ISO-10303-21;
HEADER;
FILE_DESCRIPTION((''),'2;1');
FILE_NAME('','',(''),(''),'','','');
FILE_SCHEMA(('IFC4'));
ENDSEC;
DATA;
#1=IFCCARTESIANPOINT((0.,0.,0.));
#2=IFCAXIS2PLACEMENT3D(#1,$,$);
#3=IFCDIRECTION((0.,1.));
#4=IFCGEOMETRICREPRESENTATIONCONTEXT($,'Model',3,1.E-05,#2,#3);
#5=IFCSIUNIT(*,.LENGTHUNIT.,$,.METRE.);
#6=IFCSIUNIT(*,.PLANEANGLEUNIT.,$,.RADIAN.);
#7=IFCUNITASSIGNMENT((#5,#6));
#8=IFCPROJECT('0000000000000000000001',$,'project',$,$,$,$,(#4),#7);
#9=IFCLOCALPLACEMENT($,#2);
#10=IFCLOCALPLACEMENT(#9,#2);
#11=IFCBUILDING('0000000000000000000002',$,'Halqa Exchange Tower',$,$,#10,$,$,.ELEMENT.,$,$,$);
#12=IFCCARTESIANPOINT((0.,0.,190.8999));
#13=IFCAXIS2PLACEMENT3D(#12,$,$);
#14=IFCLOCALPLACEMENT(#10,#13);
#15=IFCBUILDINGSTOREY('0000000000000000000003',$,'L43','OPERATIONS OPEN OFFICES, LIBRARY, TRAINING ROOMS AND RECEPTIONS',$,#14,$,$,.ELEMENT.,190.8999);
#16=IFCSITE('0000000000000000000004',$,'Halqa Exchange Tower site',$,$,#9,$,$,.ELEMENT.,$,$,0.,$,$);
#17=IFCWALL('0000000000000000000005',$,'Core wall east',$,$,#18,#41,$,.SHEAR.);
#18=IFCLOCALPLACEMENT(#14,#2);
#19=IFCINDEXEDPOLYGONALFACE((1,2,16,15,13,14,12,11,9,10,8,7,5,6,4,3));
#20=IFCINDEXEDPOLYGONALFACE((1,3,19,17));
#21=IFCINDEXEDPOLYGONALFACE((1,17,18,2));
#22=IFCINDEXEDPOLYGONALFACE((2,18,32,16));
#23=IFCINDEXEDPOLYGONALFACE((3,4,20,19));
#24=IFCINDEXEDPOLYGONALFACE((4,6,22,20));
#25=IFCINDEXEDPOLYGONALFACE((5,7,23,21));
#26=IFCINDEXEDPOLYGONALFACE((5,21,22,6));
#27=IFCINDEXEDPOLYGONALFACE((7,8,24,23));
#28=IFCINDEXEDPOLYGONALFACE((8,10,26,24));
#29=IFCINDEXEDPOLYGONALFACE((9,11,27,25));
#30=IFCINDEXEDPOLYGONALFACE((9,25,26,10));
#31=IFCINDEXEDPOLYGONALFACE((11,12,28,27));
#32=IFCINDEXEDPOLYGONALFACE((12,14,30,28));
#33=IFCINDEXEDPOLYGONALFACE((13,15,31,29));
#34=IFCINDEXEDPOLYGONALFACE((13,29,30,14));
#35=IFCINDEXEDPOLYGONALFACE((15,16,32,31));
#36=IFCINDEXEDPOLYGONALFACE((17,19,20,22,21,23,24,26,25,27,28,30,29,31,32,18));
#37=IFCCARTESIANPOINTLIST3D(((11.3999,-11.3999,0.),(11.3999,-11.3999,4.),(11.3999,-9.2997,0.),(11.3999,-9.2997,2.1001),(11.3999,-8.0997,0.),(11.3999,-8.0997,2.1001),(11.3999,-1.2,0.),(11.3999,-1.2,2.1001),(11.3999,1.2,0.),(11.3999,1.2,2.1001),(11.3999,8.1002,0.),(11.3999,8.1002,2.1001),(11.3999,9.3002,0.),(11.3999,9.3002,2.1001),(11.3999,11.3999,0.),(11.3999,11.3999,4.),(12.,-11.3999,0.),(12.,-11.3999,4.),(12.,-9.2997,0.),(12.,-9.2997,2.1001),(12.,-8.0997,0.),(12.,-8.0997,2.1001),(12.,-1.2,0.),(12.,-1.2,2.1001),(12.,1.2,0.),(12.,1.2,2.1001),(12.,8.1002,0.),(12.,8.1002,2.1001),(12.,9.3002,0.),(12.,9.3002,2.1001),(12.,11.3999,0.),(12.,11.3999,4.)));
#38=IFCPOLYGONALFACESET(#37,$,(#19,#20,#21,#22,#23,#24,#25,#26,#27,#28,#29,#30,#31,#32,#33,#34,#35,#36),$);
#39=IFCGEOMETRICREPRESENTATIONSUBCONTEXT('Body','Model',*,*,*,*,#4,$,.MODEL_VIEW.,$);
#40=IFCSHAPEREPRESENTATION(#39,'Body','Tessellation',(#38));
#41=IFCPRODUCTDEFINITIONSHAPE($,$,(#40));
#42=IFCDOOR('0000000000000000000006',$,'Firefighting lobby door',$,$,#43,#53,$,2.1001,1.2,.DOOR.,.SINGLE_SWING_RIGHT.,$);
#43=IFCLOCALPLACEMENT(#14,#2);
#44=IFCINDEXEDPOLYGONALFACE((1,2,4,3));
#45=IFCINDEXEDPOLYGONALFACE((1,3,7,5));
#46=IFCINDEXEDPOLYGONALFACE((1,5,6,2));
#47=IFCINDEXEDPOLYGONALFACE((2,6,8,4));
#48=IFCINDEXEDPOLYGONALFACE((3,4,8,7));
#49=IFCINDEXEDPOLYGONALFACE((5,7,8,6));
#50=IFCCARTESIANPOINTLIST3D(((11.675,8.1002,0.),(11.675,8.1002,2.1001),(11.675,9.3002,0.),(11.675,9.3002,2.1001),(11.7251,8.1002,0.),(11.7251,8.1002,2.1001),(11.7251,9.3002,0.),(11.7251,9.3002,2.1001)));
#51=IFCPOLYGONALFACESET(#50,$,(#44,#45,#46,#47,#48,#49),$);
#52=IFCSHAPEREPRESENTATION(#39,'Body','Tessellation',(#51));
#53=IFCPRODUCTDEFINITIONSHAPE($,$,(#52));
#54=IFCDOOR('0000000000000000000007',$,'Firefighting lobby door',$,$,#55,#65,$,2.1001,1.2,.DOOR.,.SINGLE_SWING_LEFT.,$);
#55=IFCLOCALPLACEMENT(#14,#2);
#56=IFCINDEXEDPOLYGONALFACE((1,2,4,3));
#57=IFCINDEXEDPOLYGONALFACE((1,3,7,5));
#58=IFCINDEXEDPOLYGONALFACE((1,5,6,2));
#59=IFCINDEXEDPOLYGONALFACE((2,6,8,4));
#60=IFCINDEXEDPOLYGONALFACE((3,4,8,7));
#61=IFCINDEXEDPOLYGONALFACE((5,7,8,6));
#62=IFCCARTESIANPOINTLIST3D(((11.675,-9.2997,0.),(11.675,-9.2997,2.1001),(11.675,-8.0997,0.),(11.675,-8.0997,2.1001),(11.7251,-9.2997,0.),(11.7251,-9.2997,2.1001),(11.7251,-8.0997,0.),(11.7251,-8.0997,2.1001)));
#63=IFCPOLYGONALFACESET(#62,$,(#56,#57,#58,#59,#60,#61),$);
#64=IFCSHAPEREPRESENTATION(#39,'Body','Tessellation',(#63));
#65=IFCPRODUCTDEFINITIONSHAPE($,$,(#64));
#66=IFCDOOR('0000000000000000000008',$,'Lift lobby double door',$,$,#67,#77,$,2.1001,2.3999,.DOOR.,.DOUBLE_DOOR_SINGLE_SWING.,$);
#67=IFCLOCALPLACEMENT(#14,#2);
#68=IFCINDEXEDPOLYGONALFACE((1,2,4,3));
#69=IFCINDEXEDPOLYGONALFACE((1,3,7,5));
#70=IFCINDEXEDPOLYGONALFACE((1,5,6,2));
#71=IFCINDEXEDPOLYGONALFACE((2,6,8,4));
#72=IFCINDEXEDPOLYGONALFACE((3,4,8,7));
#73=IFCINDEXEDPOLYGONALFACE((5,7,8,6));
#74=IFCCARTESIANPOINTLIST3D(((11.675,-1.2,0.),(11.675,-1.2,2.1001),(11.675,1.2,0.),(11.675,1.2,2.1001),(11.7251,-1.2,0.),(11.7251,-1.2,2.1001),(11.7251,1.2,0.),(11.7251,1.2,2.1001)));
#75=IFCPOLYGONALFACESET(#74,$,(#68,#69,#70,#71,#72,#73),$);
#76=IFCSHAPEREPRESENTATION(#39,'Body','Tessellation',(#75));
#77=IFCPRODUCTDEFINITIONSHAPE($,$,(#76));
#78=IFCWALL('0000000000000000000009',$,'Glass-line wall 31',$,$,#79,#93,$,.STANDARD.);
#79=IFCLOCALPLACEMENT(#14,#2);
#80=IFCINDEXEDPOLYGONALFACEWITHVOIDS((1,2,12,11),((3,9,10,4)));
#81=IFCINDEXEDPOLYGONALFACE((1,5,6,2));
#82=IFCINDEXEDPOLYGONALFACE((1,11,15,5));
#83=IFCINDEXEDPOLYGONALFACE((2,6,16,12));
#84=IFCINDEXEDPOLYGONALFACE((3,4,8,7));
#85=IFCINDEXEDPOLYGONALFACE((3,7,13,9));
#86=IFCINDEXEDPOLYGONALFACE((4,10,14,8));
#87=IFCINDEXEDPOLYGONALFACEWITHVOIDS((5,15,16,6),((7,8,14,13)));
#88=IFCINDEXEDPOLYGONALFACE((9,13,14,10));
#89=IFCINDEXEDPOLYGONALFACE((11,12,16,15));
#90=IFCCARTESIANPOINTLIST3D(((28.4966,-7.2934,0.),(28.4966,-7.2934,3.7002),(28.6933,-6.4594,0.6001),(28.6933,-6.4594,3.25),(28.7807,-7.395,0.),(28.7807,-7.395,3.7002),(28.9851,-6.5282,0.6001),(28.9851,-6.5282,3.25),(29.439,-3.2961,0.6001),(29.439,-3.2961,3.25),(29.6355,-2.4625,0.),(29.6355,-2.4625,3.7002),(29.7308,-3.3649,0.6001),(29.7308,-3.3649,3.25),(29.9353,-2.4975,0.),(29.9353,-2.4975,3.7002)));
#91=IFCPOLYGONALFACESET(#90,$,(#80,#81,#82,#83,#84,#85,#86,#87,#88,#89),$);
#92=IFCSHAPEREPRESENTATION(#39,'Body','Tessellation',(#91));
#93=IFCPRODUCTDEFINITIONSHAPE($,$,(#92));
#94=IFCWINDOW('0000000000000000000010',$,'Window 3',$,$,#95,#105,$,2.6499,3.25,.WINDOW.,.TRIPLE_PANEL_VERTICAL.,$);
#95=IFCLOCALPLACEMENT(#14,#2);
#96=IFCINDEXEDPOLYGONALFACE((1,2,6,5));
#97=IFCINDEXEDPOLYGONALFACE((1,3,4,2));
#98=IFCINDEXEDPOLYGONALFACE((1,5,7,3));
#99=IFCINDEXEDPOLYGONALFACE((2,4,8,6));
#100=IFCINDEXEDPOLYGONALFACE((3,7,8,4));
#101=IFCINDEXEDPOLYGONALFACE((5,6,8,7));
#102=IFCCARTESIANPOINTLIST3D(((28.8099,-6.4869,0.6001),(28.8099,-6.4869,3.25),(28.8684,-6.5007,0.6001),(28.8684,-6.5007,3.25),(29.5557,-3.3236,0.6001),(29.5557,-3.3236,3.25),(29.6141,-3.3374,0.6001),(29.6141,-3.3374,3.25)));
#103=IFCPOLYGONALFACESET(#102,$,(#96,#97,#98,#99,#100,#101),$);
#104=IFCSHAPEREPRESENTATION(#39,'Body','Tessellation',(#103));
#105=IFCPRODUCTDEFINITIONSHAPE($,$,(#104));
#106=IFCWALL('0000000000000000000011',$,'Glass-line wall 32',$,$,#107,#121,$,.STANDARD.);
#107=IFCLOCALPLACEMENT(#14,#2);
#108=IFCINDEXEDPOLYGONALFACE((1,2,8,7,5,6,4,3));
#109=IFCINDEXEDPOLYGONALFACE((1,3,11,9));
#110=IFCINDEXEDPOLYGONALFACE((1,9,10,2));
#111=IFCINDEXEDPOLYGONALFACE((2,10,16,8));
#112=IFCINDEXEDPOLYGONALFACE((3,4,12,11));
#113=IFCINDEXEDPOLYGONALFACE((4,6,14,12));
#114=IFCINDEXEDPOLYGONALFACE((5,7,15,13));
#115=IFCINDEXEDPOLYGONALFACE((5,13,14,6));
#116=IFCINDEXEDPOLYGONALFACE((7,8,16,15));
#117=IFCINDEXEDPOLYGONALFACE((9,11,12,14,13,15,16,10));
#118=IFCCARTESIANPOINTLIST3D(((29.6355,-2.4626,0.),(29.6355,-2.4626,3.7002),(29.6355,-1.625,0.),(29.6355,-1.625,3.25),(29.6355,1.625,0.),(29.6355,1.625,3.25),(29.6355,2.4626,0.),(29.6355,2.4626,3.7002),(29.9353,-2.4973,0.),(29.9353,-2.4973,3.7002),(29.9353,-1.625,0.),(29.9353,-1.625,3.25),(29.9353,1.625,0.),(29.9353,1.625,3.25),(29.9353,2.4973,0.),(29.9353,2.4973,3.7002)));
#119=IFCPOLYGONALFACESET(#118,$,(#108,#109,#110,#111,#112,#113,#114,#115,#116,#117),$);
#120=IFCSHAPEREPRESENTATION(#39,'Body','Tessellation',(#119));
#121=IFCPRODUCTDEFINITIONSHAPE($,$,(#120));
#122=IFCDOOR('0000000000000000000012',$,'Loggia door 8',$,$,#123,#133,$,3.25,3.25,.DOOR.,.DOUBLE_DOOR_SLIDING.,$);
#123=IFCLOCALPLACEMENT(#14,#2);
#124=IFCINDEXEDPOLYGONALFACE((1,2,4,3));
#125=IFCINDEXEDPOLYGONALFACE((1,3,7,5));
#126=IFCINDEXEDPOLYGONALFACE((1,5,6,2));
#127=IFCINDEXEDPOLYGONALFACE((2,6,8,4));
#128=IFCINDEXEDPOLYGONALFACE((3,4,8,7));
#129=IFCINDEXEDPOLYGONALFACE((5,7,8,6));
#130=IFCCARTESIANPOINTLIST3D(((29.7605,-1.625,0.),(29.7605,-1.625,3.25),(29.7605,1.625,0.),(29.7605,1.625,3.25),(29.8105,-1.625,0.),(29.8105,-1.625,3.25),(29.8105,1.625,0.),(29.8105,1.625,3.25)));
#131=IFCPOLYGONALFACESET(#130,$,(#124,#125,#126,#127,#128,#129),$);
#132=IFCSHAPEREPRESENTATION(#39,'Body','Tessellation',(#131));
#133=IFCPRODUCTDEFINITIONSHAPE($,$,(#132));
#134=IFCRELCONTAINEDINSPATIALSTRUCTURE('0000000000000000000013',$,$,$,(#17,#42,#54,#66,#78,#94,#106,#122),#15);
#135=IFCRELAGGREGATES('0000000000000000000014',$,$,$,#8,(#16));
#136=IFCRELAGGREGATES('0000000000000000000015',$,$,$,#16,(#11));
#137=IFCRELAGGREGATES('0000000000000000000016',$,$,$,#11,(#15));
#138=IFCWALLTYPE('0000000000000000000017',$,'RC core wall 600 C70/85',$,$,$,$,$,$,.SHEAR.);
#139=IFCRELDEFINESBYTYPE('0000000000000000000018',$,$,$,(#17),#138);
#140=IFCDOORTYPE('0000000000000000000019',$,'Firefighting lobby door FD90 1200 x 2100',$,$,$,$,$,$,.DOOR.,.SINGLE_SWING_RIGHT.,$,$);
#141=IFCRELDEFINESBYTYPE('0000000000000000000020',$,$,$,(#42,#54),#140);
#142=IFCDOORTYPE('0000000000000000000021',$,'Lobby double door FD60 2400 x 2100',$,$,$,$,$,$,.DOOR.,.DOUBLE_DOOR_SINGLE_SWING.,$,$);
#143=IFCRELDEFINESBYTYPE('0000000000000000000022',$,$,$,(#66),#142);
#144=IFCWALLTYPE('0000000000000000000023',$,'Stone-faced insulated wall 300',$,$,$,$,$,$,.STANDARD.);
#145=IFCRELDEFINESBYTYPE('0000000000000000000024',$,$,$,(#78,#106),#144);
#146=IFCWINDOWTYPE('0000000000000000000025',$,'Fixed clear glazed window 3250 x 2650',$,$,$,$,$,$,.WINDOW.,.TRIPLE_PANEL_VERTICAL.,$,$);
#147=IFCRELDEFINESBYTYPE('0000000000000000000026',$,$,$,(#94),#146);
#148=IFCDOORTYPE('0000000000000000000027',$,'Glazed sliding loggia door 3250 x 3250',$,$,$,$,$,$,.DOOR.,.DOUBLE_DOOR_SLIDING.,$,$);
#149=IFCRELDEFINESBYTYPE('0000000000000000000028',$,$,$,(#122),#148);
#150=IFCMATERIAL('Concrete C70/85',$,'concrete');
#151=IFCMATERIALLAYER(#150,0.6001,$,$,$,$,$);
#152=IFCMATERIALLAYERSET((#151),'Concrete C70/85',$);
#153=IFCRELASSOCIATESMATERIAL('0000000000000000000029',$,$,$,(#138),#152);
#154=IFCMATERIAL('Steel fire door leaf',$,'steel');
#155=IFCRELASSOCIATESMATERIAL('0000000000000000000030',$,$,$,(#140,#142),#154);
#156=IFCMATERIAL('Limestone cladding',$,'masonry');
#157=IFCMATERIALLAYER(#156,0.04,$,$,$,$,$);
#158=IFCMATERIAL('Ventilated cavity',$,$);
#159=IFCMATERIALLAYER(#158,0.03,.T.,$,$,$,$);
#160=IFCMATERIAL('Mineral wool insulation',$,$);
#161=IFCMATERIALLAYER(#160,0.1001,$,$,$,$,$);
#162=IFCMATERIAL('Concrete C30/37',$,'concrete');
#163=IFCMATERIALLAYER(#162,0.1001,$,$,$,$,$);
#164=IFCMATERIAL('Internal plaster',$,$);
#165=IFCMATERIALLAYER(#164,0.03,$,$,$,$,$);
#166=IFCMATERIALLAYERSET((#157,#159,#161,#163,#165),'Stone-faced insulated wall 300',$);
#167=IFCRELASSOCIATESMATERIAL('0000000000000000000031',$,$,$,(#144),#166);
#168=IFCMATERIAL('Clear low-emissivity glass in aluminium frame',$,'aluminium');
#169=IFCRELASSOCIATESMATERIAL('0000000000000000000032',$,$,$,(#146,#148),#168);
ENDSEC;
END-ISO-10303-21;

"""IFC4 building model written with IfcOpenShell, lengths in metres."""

from ifc_helpers import new_model, si_unit, direction, frame, frame_2d, origin, place, context, subcontext, project, spatial, polyline, rectangle, outline, extrude, material, layer, layer_set, type_object, element, fill, save


model = new_model("IFC4")

# Units and contexts
model_context = context("Model", 3, precision=1e-05, world=origin(), true_north=direction((0.0, 1.0)))
body_context = subcontext(model_context, "Body", "Model", "MODEL_VIEW")
ifc_project = project(units=[si_unit("LENGTHUNIT", "METRE"), si_unit("PLANEANGLEUNIT", "RADIAN")], contexts=[model_context])

# Site, building, storey
site_placement = place(None, origin())
site = spatial("IfcSite", under=ifc_project, at=site_placement, Name="Halqa Exchange Tower site", CompositionType="ELEMENT", RefElevation=0.0)
building_placement = place(site_placement, origin())
building = spatial("IfcBuilding", under=site, at=building_placement, Name="Halqa Exchange Tower", CompositionType="ELEMENT")
storey_placement = place(building_placement, frame((0.0, 0.0, 190.8999)))
storey = spatial("IfcBuildingStorey", under=building, at=storey_placement, Name="L43", Description="OPERATIONS OPEN OFFICES, LIBRARY, TRAINING ROOMS AND RECEPTIONS", CompositionType="ELEMENT", Elevation=190.8999)

# Shared definitions
ifc_material_1 = material(Name="Steel fire door leaf", Category="steel")

# Wall, openings, doors
ifc_material_2 = material(Name="Concrete C70/85", Category="concrete")
ifc_layer_1 = layer(ifc_material_2, 0.6001)
ifc_layer_set_1 = layer_set([ifc_layer_1], Name="Concrete C70/85")
wall_type_1 = type_object("IfcWallType", Name="RC core wall 600 C70/85", PredefinedType="SHEAR", material=ifc_layer_set_1)
wall_1_placement = place(storey_placement, frame((11.7, -11.3999, 0.0), z_axis=(0.0, 0.0, 1.0), x_axis=(0.0, 1.0, 0.0)))
wall_1 = element("IfcWall", 1, at=wall_1_placement, inside=storey, type_object=wall_type_1, Name="Core wall east", PredefinedType="SHEAR", context=body_context, shape_type="SweptSolid", body=[
    extrude(rectangle(XDim=22.7998, YDim=0.6001, at=frame_2d((11.3999, 0.0))), origin(), (0.0, 0.0, 1.0), 4.0),
])
opening_1_placement = place(wall_1_placement, frame((10.2, 0.0, 0.0)))
opening_1 = element("IfcOpeningElement", 2, at=opening_1_placement, cuts=wall_1, PredefinedType="OPENING", context=body_context, shape_type="SweptSolid", body=[
    extrude(rectangle(XDim=2.3999, YDim=2.1001, at=frame_2d((1.2, 1.05))), frame((0.0, 0.312, 0.0), z_axis=(0.0, -1.0, 0.0), x_axis=(1.0, 0.0, 0.0)), (0.0, 0.0, 1.0), 0.624),
])
opening_2_placement = place(wall_1_placement, frame((19.5, 0.0, 0.0)))
opening_2 = element("IfcOpeningElement", 3, at=opening_2_placement, cuts=wall_1, PredefinedType="OPENING", context=body_context, shape_type="SweptSolid", body=[
    extrude(rectangle(XDim=1.2, YDim=2.1001, at=frame_2d((0.6001, 1.05))), frame((0.0, 0.312, 0.0), z_axis=(0.0, -1.0, 0.0), x_axis=(1.0, 0.0, 0.0)), (0.0, 0.0, 1.0), 0.624),
])
opening_3_placement = place(wall_1_placement, frame((2.1001, 0.0, 0.0)))
opening_3 = element("IfcOpeningElement", 4, at=opening_3_placement, cuts=wall_1, PredefinedType="OPENING", context=body_context, shape_type="SweptSolid", body=[
    extrude(rectangle(XDim=1.2, YDim=2.1001, at=frame_2d((0.6001, 1.05))), frame((0.0, 0.312, 0.0), z_axis=(0.0, -1.0, 0.0), x_axis=(1.0, 0.0, 0.0)), (0.0, 0.0, 1.0), 0.624),
])
door_type_1 = type_object("IfcDoorType", Name="Firefighting lobby door FD90 1200 x 2100", OperationType="SINGLE_SWING_RIGHT", PredefinedType="DOOR", material=ifc_material_1)
door_1_placement = place(opening_2_placement, origin())
door_1 = element("IfcDoor", 5, at=door_1_placement, inside=storey, type_object=door_type_1, Name="Firefighting lobby door", OperationType="SINGLE_SWING_RIGHT", OverallHeight=2.1001, OverallWidth=1.2, PredefinedType="DOOR", context=body_context, shape_type="SweptSolid", body=[
    extrude(rectangle(XDim=1.2, YDim=2.1001, at=frame_2d((0.6001, 1.05))), frame((0.0, 0.0249, 0.0), z_axis=(0.0, -1.0, 0.0), x_axis=(1.0, 0.0, 0.0)), (0.0, 0.0, 1.0), 0.05),
])
fill(opening_2, door_1)
door_2_placement = place(opening_3_placement, origin())
door_2 = element("IfcDoor", 6, at=door_2_placement, inside=storey, type_object=door_type_1, Name="Firefighting lobby door", OperationType="SINGLE_SWING_LEFT", OverallHeight=2.1001, OverallWidth=1.2, PredefinedType="DOOR", context=body_context, shape_type="SweptSolid", body=[
    extrude(rectangle(XDim=1.2, YDim=2.1001, at=frame_2d((0.6001, 1.05))), frame((0.0, 0.0249, 0.0), z_axis=(0.0, -1.0, 0.0), x_axis=(1.0, 0.0, 0.0)), (0.0, 0.0, 1.0), 0.05),
])
fill(opening_3, door_2)
door_type_2 = type_object("IfcDoorType", Name="Lobby double door FD60 2400 x 2100", OperationType="DOUBLE_DOOR_SINGLE_SWING", PredefinedType="DOOR", material=ifc_material_1)
door_3_placement = place(opening_1_placement, origin())
door_3 = element("IfcDoor", 7, at=door_3_placement, inside=storey, type_object=door_type_2, Name="Lift lobby double door", OperationType="DOUBLE_DOOR_SINGLE_SWING", OverallHeight=2.1001, OverallWidth=2.3999, PredefinedType="DOOR", context=body_context, shape_type="SweptSolid", body=[
    extrude(rectangle(XDim=2.3999, YDim=2.1001, at=frame_2d((1.2, 1.05))), frame((0.0, 0.0249, 0.0), z_axis=(0.0, -1.0, 0.0), x_axis=(1.0, 0.0, 0.0)), (0.0, 0.0, 1.0), 0.05),
])
fill(opening_1, door_3)

# Wall, opening, window
ifc_material_3 = material(Name="Limestone cladding", Category="masonry")
ifc_layer_2 = layer(ifc_material_3, 0.04)
ifc_material_4 = material(Name="Ventilated cavity")
ifc_layer_3 = layer(ifc_material_4, 0.03, ventilated=True)
ifc_material_5 = material(Name="Mineral wool insulation")
ifc_layer_4 = layer(ifc_material_5, 0.1001)
ifc_material_6 = material(Name="Concrete C30/37", Category="concrete")
ifc_layer_5 = layer(ifc_material_6, 0.1001)
ifc_material_7 = material(Name="Internal plaster")
ifc_layer_6 = layer(ifc_material_7, 0.03)
ifc_layer_set_2 = layer_set([ifc_layer_2, ifc_layer_3, ifc_layer_4, ifc_layer_5, ifc_layer_6], Name="Stone-faced insulated wall 300")
wall_type_2 = type_object("IfcWallType", Name="Stone-faced insulated wall 300", PredefinedType="STANDARD", material=ifc_layer_set_2)
wall_2_placement = place(storey_placement, frame((28.6387, -7.3442, 0.0), z_axis=(0.0, 0.0, 1.0), x_axis=(0.229456, 0.973319, 0.0)))
wall_2 = element("IfcWall", 8, at=wall_2_placement, inside=storey, type_object=wall_type_2, Name="Glass-line wall 31", PredefinedType="STANDARD", context=body_context, shape_type="SweptSolid", body=[
    extrude(outline(polyline([(-0.0168, -0.1499), (5.0149, -0.1499), (4.9802, 0.1499), (0.0168, 0.1499), (-0.0168, -0.1499)])), origin(), (0.0, 0.0, 1.0), 3.7002),
])
opening_4_placement = place(wall_2_placement, frame((0.8738, 0.0, 0.6001)))
opening_4 = element("IfcOpeningElement", 9, at=opening_4_placement, cuts=wall_2, PredefinedType="OPENING", context=body_context, shape_type="SweptSolid", body=[
    extrude(rectangle(XDim=3.25, YDim=2.6499, at=frame_2d((1.625, 1.325))), frame((0.0, 0.1621, 0.0), z_axis=(0.0, -1.0, 0.0), x_axis=(1.0, 0.0, 0.0)), (0.0, 0.0, 1.0), 0.324),
])
ifc_material_8 = material(Name="Clear low-emissivity glass in aluminium frame", Category="aluminium")
window_type = type_object("IfcWindowType", Name="Fixed clear glazed window 3250 x 2650", PartitioningType="TRIPLE_PANEL_VERTICAL", PredefinedType="WINDOW", material=ifc_material_8)
window_placement = place(opening_4_placement, origin())
window = element("IfcWindow", 10, at=window_placement, inside=storey, type_object=window_type, Name="Window 3", OverallHeight=2.6499, OverallWidth=3.25, PartitioningType="TRIPLE_PANEL_VERTICAL", PredefinedType="WINDOW", context=body_context, shape_type="SweptSolid", body=[
    extrude(rectangle(XDim=3.25, YDim=2.6499, at=frame_2d((1.625, 1.325))), frame((0.0, 0.03, 0.0), z_axis=(0.0, -1.0, 0.0), x_axis=(1.0, 0.0, 0.0)), (0.0, 0.0, 1.0), 0.0601),
])
fill(opening_4, window)

# Wall, opening, door
wall_3_placement = place(storey_placement, frame((29.7854, -2.48, 0.0), z_axis=(0.0, 0.0, 1.0), x_axis=(0.0, 1.0, 0.0)))
wall_3 = element("IfcWall", 11, at=wall_3_placement, inside=storey, type_object=wall_type_2, Name="Glass-line wall 32", PredefinedType="STANDARD", context=body_context, shape_type="SweptSolid", body=[
    extrude(outline(polyline([(-0.0173, -0.1499), (4.9773, -0.1499), (4.9426, 0.1499), (0.0173, 0.1499), (-0.0173, -0.1499)])), origin(), (0.0, 0.0, 1.0), 3.7002),
])
opening_5_placement = place(wall_3_placement, frame((0.855, 0.0, 0.0)))
opening_5 = element("IfcOpeningElement", 12, at=opening_5_placement, cuts=wall_3, PredefinedType="OPENING", context=body_context, shape_type="SweptSolid", body=[
    extrude(rectangle(XDim=3.25, YDim=3.25, at=frame_2d((1.625, 1.625))), frame((0.0, 0.1621, 0.0), z_axis=(0.0, -1.0, 0.0), x_axis=(1.0, 0.0, 0.0)), (0.0, 0.0, 1.0), 0.324),
])
door_type_3 = type_object("IfcDoorType", Name="Glazed sliding loggia door 3250 x 3250", OperationType="DOUBLE_DOOR_SLIDING", PredefinedType="DOOR", material=ifc_material_8)
door_4_placement = place(opening_5_placement, origin())
door_4 = element("IfcDoor", 13, at=door_4_placement, inside=storey, type_object=door_type_3, Name="Loggia door 8", OperationType="DOUBLE_DOOR_SLIDING", OverallHeight=3.25, OverallWidth=3.25, PredefinedType="DOOR", context=body_context, shape_type="SweptSolid", body=[
    extrude(rectangle(XDim=3.25, YDim=3.25, at=frame_2d((1.625, 1.625))), frame((0.0, 0.0249, 0.0), z_axis=(0.0, -1.0, 0.0), x_axis=(1.0, 0.0, 0.0)), (0.0, 0.0, 1.0), 0.05),
])
fill(opening_5, door_4)

save(model, "model.ifc")
